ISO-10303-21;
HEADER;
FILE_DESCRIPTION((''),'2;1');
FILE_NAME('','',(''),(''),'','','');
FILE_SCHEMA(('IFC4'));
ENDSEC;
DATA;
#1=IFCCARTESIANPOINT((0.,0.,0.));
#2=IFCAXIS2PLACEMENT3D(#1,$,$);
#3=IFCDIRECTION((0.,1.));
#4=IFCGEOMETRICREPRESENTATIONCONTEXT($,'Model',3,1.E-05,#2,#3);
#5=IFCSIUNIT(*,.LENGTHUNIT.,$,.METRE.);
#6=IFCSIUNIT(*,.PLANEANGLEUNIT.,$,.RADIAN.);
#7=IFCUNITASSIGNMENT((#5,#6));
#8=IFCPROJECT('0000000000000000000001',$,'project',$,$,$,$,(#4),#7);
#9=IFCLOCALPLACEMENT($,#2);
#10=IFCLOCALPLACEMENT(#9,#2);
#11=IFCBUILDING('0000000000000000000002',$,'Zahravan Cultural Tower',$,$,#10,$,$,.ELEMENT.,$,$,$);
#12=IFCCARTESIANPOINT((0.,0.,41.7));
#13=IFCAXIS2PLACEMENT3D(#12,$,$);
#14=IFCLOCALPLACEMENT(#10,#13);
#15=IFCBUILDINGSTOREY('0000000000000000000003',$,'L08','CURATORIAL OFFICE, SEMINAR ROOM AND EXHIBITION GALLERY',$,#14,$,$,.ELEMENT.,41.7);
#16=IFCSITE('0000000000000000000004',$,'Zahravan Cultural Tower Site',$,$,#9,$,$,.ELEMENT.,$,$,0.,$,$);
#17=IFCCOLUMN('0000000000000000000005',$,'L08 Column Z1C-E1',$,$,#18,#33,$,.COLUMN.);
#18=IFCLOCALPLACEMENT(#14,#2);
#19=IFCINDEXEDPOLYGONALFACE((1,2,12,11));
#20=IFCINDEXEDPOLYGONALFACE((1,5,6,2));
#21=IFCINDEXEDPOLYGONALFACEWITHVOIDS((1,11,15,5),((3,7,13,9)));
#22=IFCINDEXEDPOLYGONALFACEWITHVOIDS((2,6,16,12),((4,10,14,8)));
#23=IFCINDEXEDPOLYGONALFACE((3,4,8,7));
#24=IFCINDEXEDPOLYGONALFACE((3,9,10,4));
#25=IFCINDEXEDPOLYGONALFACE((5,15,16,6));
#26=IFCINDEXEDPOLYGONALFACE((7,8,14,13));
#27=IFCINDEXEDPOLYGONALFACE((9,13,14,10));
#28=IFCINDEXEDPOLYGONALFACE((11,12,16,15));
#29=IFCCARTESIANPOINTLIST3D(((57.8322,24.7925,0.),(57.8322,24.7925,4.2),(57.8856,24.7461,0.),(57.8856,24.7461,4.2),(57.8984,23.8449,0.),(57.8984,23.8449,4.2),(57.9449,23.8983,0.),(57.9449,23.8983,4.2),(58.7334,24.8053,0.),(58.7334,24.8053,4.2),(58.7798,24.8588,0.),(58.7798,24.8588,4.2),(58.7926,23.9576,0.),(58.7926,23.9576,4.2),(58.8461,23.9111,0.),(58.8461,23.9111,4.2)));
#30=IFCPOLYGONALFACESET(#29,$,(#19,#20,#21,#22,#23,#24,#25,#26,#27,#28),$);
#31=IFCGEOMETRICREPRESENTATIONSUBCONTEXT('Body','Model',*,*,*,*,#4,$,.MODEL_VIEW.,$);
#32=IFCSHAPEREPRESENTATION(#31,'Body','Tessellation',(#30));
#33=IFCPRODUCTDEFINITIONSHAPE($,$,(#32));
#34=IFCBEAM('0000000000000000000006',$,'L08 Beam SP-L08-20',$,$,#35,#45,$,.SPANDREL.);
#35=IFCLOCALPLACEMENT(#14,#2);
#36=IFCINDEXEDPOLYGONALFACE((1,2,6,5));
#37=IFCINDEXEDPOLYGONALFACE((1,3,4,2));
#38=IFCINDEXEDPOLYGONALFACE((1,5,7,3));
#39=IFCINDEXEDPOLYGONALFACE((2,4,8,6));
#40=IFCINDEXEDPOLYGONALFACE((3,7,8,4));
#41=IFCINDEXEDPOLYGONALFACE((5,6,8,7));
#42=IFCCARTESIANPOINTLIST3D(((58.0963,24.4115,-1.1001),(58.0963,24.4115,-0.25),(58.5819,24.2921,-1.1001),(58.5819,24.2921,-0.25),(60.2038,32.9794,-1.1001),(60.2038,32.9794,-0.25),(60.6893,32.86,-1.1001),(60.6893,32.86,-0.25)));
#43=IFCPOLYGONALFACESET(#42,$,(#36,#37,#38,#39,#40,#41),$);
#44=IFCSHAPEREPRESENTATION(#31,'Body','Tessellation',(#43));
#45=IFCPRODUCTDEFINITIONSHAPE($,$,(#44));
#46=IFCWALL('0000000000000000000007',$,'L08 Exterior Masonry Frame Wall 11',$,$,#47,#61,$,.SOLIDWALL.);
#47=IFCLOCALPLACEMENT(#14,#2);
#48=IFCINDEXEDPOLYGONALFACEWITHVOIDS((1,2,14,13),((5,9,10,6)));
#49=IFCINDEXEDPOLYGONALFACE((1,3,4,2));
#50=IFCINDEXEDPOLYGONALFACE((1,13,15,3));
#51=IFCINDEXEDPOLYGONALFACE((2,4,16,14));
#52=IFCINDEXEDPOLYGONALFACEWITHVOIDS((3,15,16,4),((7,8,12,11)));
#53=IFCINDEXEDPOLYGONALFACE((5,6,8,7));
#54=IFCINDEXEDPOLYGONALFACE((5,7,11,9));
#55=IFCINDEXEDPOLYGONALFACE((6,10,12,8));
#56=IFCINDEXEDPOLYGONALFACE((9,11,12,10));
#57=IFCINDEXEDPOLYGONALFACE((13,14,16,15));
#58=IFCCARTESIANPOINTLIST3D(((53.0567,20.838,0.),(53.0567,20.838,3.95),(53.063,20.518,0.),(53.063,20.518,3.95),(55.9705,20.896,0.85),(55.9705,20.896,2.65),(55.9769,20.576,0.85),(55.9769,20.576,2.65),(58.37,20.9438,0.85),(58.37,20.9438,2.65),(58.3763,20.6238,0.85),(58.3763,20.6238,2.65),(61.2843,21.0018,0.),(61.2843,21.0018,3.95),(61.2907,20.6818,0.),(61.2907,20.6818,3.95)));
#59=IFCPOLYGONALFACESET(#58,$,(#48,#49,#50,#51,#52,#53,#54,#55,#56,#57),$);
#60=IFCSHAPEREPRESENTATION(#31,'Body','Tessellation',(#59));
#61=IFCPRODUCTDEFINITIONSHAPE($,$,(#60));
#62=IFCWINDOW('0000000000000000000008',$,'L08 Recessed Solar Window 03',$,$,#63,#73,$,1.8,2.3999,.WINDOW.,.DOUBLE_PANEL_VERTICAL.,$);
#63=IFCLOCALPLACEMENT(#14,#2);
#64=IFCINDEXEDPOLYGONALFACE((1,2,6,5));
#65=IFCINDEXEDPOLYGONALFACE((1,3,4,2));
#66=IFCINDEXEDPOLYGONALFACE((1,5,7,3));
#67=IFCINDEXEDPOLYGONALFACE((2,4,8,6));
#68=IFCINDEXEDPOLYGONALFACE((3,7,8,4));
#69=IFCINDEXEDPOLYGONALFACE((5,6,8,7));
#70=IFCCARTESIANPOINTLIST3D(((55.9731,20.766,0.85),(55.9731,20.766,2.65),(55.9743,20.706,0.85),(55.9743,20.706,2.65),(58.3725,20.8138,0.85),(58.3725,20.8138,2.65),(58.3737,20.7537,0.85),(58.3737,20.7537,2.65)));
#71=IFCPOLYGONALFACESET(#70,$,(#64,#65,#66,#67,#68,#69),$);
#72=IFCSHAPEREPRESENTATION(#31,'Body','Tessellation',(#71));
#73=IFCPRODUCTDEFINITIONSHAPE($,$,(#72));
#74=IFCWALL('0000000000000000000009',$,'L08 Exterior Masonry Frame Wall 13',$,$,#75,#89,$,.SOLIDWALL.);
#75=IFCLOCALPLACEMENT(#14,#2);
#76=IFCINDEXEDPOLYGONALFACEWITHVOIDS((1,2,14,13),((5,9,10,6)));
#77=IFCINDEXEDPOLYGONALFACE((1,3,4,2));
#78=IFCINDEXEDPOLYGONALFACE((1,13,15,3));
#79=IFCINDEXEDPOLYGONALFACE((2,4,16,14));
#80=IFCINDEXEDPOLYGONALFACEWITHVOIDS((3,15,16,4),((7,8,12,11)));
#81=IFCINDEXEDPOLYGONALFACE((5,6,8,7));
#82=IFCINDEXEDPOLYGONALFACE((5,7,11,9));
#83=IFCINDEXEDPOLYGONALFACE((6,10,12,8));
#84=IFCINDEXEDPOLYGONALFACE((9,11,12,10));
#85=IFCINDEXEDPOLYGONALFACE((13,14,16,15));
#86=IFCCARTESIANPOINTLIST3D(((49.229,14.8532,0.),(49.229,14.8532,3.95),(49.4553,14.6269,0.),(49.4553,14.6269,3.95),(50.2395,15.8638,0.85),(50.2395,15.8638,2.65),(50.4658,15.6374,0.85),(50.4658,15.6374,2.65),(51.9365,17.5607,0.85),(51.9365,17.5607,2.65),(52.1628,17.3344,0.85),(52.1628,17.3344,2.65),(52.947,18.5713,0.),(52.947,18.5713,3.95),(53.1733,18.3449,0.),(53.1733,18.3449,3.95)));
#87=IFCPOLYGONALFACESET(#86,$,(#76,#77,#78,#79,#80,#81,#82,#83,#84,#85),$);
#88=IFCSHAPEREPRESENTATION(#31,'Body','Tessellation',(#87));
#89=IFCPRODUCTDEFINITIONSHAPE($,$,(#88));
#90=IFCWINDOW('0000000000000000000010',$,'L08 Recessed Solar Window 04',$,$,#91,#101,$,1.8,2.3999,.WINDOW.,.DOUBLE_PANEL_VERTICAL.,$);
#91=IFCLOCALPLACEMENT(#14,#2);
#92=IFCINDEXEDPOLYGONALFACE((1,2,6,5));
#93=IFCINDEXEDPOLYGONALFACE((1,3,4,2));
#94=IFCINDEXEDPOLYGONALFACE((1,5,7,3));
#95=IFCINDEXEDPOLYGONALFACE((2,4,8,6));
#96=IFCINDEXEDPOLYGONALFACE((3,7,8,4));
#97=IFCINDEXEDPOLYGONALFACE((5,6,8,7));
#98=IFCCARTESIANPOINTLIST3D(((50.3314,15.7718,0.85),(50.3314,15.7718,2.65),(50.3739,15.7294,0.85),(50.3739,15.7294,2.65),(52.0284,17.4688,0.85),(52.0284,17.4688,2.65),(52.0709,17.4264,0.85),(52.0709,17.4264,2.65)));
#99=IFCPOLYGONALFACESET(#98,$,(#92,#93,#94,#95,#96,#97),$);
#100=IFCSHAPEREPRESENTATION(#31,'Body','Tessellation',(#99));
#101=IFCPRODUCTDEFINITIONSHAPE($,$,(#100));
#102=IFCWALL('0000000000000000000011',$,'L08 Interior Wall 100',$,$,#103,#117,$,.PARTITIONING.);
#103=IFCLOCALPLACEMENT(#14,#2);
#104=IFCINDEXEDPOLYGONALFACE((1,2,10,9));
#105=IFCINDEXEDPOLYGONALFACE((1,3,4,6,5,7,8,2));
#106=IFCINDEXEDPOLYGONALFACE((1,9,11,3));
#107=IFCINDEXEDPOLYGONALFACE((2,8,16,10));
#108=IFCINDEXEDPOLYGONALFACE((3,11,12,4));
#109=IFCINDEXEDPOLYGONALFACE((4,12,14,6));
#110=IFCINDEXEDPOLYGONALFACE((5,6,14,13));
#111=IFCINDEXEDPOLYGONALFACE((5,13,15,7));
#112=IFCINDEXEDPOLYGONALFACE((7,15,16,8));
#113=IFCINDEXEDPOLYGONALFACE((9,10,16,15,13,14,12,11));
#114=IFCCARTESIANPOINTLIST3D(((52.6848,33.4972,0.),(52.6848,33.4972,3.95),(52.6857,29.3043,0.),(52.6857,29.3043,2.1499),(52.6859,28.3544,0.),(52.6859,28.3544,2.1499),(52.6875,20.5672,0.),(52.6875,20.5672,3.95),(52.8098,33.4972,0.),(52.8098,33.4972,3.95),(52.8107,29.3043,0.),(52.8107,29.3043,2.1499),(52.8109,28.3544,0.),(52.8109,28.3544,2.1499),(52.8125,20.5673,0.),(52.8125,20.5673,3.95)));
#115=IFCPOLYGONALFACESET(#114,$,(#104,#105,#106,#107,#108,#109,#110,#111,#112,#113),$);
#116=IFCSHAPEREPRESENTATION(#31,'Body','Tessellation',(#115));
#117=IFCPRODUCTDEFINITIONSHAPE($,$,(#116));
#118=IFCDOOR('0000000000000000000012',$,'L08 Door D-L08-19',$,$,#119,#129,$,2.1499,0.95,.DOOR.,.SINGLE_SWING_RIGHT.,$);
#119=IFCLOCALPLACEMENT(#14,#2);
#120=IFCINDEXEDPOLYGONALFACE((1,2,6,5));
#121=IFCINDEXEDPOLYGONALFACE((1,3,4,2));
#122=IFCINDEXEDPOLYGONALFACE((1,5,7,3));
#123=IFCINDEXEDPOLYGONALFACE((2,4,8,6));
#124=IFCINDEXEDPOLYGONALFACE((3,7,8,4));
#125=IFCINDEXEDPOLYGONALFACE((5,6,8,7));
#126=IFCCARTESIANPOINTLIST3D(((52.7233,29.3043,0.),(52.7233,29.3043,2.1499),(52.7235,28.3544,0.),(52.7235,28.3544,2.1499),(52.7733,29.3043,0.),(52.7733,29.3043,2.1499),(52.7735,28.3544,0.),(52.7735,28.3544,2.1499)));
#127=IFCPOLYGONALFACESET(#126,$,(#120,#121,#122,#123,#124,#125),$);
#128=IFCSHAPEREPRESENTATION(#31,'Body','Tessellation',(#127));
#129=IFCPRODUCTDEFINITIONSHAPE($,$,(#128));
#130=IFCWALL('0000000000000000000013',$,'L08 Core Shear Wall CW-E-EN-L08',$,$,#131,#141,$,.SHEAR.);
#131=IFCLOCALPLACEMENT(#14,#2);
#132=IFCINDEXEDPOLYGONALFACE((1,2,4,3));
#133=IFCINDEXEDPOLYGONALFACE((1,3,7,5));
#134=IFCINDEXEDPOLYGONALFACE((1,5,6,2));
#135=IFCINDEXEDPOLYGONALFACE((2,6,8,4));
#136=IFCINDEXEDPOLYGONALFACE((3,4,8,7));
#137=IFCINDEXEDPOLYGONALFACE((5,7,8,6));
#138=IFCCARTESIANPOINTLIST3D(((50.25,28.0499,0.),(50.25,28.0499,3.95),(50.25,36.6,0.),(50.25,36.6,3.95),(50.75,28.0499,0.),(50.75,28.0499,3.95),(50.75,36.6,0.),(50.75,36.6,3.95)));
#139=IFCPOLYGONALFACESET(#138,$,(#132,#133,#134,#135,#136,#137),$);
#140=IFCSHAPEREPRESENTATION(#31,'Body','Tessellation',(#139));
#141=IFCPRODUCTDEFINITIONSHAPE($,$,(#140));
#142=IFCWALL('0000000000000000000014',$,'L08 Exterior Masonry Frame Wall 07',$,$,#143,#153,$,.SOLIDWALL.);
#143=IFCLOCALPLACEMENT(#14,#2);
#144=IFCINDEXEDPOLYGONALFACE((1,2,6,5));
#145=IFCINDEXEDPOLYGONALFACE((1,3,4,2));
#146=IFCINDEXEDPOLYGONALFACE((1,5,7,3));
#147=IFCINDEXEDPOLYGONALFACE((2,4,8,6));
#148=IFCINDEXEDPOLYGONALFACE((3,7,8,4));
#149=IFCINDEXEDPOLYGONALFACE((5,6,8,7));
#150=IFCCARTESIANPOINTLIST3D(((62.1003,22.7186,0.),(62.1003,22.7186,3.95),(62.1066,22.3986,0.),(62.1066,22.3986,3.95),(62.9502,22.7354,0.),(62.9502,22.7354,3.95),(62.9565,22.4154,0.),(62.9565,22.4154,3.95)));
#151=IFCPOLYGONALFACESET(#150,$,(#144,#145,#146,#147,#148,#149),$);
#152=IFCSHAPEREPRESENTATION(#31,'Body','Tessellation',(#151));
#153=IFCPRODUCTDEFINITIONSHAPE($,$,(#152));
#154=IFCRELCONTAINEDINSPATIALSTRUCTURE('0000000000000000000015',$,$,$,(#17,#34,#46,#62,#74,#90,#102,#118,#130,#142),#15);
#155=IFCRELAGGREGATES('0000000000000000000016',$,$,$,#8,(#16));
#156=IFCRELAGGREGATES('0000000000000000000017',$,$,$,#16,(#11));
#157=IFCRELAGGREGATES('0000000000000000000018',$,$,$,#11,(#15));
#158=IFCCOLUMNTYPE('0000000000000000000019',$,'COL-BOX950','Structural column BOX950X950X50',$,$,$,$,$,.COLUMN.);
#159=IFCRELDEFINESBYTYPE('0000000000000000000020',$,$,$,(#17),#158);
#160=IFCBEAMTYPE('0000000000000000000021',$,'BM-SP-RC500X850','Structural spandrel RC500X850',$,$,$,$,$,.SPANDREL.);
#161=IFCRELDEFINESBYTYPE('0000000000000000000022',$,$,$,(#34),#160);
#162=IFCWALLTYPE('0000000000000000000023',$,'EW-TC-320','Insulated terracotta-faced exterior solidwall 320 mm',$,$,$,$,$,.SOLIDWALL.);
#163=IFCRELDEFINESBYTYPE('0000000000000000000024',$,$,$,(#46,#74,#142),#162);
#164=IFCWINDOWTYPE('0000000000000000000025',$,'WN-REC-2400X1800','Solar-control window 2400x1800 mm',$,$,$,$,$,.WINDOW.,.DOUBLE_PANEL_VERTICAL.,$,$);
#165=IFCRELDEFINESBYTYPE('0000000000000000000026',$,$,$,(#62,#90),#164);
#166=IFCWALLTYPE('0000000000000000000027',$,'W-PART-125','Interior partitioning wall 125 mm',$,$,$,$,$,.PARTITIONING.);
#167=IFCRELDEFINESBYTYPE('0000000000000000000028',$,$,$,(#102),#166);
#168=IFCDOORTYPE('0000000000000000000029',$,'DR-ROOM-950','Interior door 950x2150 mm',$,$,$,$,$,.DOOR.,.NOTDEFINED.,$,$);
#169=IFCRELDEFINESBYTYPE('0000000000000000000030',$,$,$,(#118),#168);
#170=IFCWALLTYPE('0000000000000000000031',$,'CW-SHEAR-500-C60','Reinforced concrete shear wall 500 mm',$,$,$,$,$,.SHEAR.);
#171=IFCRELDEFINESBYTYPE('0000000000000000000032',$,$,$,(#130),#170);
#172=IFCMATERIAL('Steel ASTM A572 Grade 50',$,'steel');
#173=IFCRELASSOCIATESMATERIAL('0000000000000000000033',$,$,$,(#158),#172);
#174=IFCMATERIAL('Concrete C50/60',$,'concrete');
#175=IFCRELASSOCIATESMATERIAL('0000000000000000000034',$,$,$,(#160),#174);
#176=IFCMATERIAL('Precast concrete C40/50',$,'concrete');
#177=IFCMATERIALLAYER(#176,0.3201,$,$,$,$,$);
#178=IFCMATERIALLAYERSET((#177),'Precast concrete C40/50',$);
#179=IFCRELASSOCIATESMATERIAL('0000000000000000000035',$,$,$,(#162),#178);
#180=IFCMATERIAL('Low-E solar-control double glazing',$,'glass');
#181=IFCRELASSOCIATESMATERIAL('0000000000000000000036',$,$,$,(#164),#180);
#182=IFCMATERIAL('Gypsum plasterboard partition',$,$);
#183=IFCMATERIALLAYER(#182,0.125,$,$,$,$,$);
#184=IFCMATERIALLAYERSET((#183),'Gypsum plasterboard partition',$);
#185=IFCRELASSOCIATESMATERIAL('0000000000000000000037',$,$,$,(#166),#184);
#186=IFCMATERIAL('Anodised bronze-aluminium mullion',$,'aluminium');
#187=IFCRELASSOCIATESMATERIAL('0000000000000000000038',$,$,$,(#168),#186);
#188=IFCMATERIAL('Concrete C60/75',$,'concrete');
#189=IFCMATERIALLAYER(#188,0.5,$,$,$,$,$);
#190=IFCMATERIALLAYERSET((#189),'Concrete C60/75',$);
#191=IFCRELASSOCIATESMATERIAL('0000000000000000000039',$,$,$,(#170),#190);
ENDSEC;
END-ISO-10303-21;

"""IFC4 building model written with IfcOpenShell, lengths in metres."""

from ifc_helpers import new_model, si_unit, direction, frame, frame_2d, origin, origin_2d, place, context, subcontext, project, spatial, rectangle, hollow_rectangle, extrude, source, transform, mapped, material, layer, layer_set, material_profile, profile_set, type_object, element, fill, save


model = new_model("IFC4")

# Units and contexts
model_context = context("Model", 3, precision=1e-05, world=origin(), true_north=direction((0.0, 1.0)))
body_context = subcontext(model_context, "Body", "Model", "MODEL_VIEW")
ifc_project = project(units=[si_unit("LENGTHUNIT", "METRE"), si_unit("PLANEANGLEUNIT", "RADIAN")], contexts=[model_context])

# Site, building, storey
site_placement = place(None, origin())
site = spatial("IfcSite", under=ifc_project, at=site_placement, Name="Zahravan Cultural Tower Site", CompositionType="ELEMENT", RefElevation=0.0)
building_placement = place(site_placement, origin())
building = spatial("IfcBuilding", under=site, at=building_placement, Name="Zahravan Cultural Tower", CompositionType="ELEMENT")
storey_placement = place(building_placement, frame((0.0, 0.0, 41.7)))
storey = spatial("IfcBuildingStorey", under=building, at=storey_placement, Name="L08", Description="CURATORIAL OFFICE, SEMINAR ROOM AND EXHIBITION GALLERY", CompositionType="ELEMENT", Elevation=41.7)

# Column
ifc_material_1 = material(Name="Steel ASTM A572 Grade 50", Category="steel")
ifc_material_profile_1 = material_profile(ifc_material_1, hollow_rectangle(XDim=0.95, YDim=0.95, WallThickness=0.05, at=origin_2d()), Name="BOX950X950X50")
ifc_profile_set_1 = profile_set([ifc_material_profile_1], Name="Steel ASTM A572 Grade 50")
column_type = type_object("IfcColumnType", Name="COL-BOX950", Description="Structural column BOX950X950X50", PredefinedType="COLUMN", material=ifc_profile_set_1)
shared_shape_1 = source(origin(), body_context, "Body", "SweptSolid", [
    extrude(hollow_rectangle(XDim=0.95, YDim=0.95, WallThickness=0.05, at=origin_2d()), origin(), (0.0, 0.0, 1.0), 4.2),
])
column_placement = place(storey_placement, frame((58.3391, 24.3518, 0.0), z_axis=(0.0, 0.0, 1.0), x_axis=(0.997564, 0.069756, 0.0)))
element("IfcColumn", 1, at=column_placement, inside=storey, type_object=column_type, Name="L08 Column Z1C-E1", PredefinedType="COLUMN", context=body_context, shape_type="MappedRepresentation", body=[
    mapped(shared_shape_1, transform((0.0, 0.0, 0.0), x_axis=(1.0, 0.0, 0.0), y_axis=(0.0, 1.0, 0.0), z_axis=(0.0, 0.0, 1.0), scale=1.0)),
])

# Beam
ifc_material_2 = material(Name="Concrete C50/60", Category="concrete")
ifc_material_profile_2 = material_profile(ifc_material_2, rectangle(XDim=0.5, YDim=0.8501, at=origin_2d()), Name="RC500X850")
ifc_profile_set_2 = profile_set([ifc_material_profile_2], Name="Concrete C50/60")
beam_type = type_object("IfcBeamType", Name="BM-SP-RC500X850", Description="Structural spandrel RC500X850", PredefinedType="SPANDREL", material=ifc_profile_set_2)
shared_shape_2 = source(origin(), body_context, "Body", "SweptSolid", [
    extrude(rectangle(XDim=0.5, YDim=0.8501, at=origin_2d()), origin(), (0.0, 0.0, 1.0), 8.8232),
])
beam_placement = place(storey_placement, frame((58.3391, 24.3518, -0.675), z_axis=(0.238849, 0.971057, 0.0), x_axis=(-0.971057, 0.238849, 0.0)))
element("IfcBeam", 2, at=beam_placement, inside=storey, type_object=beam_type, Name="L08 Beam SP-L08-20", PredefinedType="SPANDREL", context=body_context, shape_type="MappedRepresentation", body=[
    mapped(shared_shape_2, transform((0.0, 0.0, 0.0), x_axis=(1.0, 0.0, 0.0), y_axis=(0.0, 1.0, 0.0), z_axis=(0.0, 0.0, 1.0), scale=1.0)),
])

# Walls, openings, windows
ifc_material_3 = material(Name="Precast concrete C40/50", Category="concrete")
ifc_layer_1 = layer(ifc_material_3, 0.3201)
ifc_layer_set_1 = layer_set([ifc_layer_1], Name="Precast concrete C40/50")
wall_type_1 = type_object("IfcWallType", Name="EW-TC-320", Description="Insulated terracotta-faced exterior solidwall 320 mm", PredefinedType="SOLIDWALL", material=ifc_layer_set_1)
wall_1_placement = place(storey_placement, frame((61.2876, 20.8418, 0.0), z_axis=(0.0, 0.0, 1.0), x_axis=(-0.999802, -0.019907, 0.0)))
wall_1 = element("IfcWall", 3, at=wall_1_placement, inside=storey, type_object=wall_type_1, Name="L08 Exterior Masonry Frame Wall 11", PredefinedType="SOLIDWALL", context=body_context, shape_type="SweptSolid", body=[
    extrude(rectangle(XDim=8.2292, YDim=0.3201, at=frame_2d((4.1147, 0.0))), origin(), (0.0, 0.0, 1.0), 3.95),
])
opening_1_placement = place(wall_1_placement, frame((2.915, 0.0, 0.8501)))
opening_1 = element("IfcOpeningElement", 4, at=opening_1_placement, cuts=wall_1, PredefinedType="OPENING", context=body_context, shape_type="SweptSolid", body=[
    extrude(rectangle(XDim=2.3999, YDim=1.8, at=frame_2d((1.2, 0.8999))), frame((0.0, 0.1699, 0.0), z_axis=(0.0, -1.0, 0.0), x_axis=(1.0, 0.0, 0.0)), (0.0, 0.0, 1.0), 0.3401),
])
ifc_material_4 = material(Name="Low-E solar-control double glazing", Category="glass")
window_type = type_object("IfcWindowType", Name="WN-REC-2400X1800", Description="Solar-control window 2400x1800 mm", PartitioningType="DOUBLE_PANEL_VERTICAL", PredefinedType="WINDOW", material=ifc_material_4)
shared_shape_3 = source(origin(), body_context, "Body", "SweptSolid", [
    extrude(rectangle(XDim=2.3999, YDim=1.8, at=frame_2d((1.2, 0.8999))), frame((0.0, 0.03, 0.0), z_axis=(0.0, -1.0, 0.0), x_axis=(1.0, 0.0, 0.0)), (0.0, 0.0, 1.0), 0.0601),
])
window_1_placement = place(opening_1_placement, origin())
window_1 = element("IfcWindow", 5, at=window_1_placement, inside=storey, type_object=window_type, Name="L08 Recessed Solar Window 03", OverallHeight=1.8, OverallWidth=2.3999, PartitioningType="DOUBLE_PANEL_VERTICAL", PredefinedType="WINDOW", context=body_context, shape_type="MappedRepresentation", body=[
    mapped(shared_shape_3, transform((0.0, 0.0, 0.0), x_axis=(1.0, 0.0, 0.0), y_axis=(0.0, 1.0, 0.0), z_axis=(0.0, 0.0, 1.0), scale=1.0)),
])
fill(opening_1, window_1)
wall_2_placement = place(storey_placement, frame((53.0601, 18.458, 0.0), z_axis=(0.0, 0.0, 1.0), x_axis=(-0.707107, -0.707107, 0.0)))
wall_2 = element("IfcWall", 6, at=wall_2_placement, inside=storey, type_object=wall_type_1, Name="L08 Exterior Masonry Frame Wall 13", PredefinedType="SOLIDWALL", context=body_context, shape_type="SweptSolid", body=[
    extrude(rectangle(XDim=5.2581, YDim=0.3201, at=frame_2d((2.6289, 0.0))), origin(), (0.0, 0.0, 1.0), 3.95),
])
opening_2_placement = place(wall_2_placement, frame((1.429, 0.0, 0.8501)))
opening_2 = element("IfcOpeningElement", 7, at=opening_2_placement, cuts=wall_2, PredefinedType="OPENING", context=body_context, shape_type="SweptSolid", body=[
    extrude(rectangle(XDim=2.3999, YDim=1.8, at=frame_2d((1.2, 0.8999))), frame((0.0, 0.1699, 0.0), z_axis=(0.0, -1.0, 0.0), x_axis=(1.0, 0.0, 0.0)), (0.0, 0.0, 1.0), 0.3401),
])
window_2_placement = place(opening_2_placement, origin())
window_2 = element("IfcWindow", 8, at=window_2_placement, inside=storey, type_object=window_type, Name="L08 Recessed Solar Window 04", OverallHeight=1.8, OverallWidth=2.3999, PartitioningType="DOUBLE_PANEL_VERTICAL", PredefinedType="WINDOW", context=body_context, shape_type="MappedRepresentation", body=[
    mapped(shared_shape_3, transform((0.0, 0.0, 0.0), x_axis=(1.0, 0.0, 0.0), y_axis=(0.0, 1.0, 0.0), z_axis=(0.0, 0.0, 1.0), scale=1.0)),
])
fill(opening_2, window_2)

# Wall, opening, door
ifc_material_5 = material(Name="Gypsum plasterboard partition")
ifc_layer_2 = layer(ifc_material_5, 0.125)
ifc_layer_set_2 = layer_set([ifc_layer_2], Name="Gypsum plasterboard partition")
wall_type_2 = type_object("IfcWallType", Name="W-PART-125", Description="Interior partitioning wall 125 mm", PredefinedType="PARTITIONING", material=ifc_layer_set_2)
wall_3_placement = place(storey_placement, frame((52.75, 20.5674, 0.0), z_axis=(0.0, 0.0, 1.0), x_axis=(-0.000208, 1.0, 0.0)))
wall_3 = element("IfcWall", 9, at=wall_3_placement, inside=storey, type_object=wall_type_2, Name="L08 Interior Wall 100", PredefinedType="PARTITIONING", context=body_context, shape_type="SweptSolid", body=[
    extrude(rectangle(XDim=12.9299, YDim=0.125, at=frame_2d((6.4648, 0.0))), origin(), (0.0, 0.0, 1.0), 3.95),
])
opening_3_placement = place(wall_3_placement, frame((7.7869, 0.0, 0.0)))
opening_3 = element("IfcOpeningElement", 10, at=opening_3_placement, cuts=wall_3, PredefinedType="OPENING", context=body_context, shape_type="SweptSolid", body=[
    extrude(rectangle(XDim=0.95, YDim=2.1499, at=frame_2d((0.4751, 1.075))), frame((0.0, 0.0725, 0.0), z_axis=(0.0, -1.0, 0.0), x_axis=(1.0, 0.0, 0.0)), (0.0, 0.0, 1.0), 0.145),
])
ifc_material_6 = material(Name="Anodised bronze-aluminium mullion", Category="aluminium")
door_type = type_object("IfcDoorType", Name="DR-ROOM-950", Description="Interior door 950x2150 mm", OperationType="NOTDEFINED", PredefinedType="DOOR", material=ifc_material_6)
shared_shape_4 = source(origin(), body_context, "Body", "SweptSolid", [
    extrude(rectangle(XDim=0.95, YDim=2.1499, at=frame_2d((0.4751, 1.075))), frame((0.0, 0.0249, 0.0), z_axis=(0.0, -1.0, 0.0), x_axis=(1.0, 0.0, 0.0)), (0.0, 0.0, 1.0), 0.05),
])
door_placement = place(opening_3_placement, origin())
door = element("IfcDoor", 11, at=door_placement, inside=storey, type_object=door_type, Name="L08 Door D-L08-19", OperationType="SINGLE_SWING_RIGHT", OverallHeight=2.1499, OverallWidth=0.95, PredefinedType="DOOR", context=body_context, shape_type="MappedRepresentation", body=[
    mapped(shared_shape_4, transform((0.0, 0.0, 0.0), x_axis=(1.0, 0.0, 0.0), y_axis=(0.0, 1.0, 0.0), z_axis=(0.0, 0.0, 1.0), scale=1.0)),
])
fill(opening_3, door)

# Walls
ifc_material_7 = material(Name="Concrete C60/75", Category="concrete")
ifc_layer_3 = layer(ifc_material_7, 0.5)
ifc_layer_set_3 = layer_set([ifc_layer_3], Name="Concrete C60/75")
wall_type_3 = type_object("IfcWallType", Name="CW-SHEAR-500-C60", Description="Reinforced concrete shear wall 500 mm", PredefinedType="SHEAR", material=ifc_layer_set_3)
shared_shape_5 = source(origin(), body_context, "Body", "SweptSolid", [
    extrude(rectangle(XDim=8.55, YDim=0.5, at=frame_2d((4.2749, 0.0))), origin(), (0.0, 0.0, 1.0), 3.95),
])
wall_4_placement = place(storey_placement, frame((50.5, 28.05, 0.0), z_axis=(0.0, 0.0, 1.0), x_axis=(0.0, 1.0, 0.0)))
element("IfcWall", 12, at=wall_4_placement, inside=storey, type_object=wall_type_3, Name="L08 Core Shear Wall CW-E-EN-L08", PredefinedType="SHEAR", context=body_context, shape_type="MappedRepresentation", body=[
    mapped(shared_shape_5, transform((0.0, 0.0, 0.0), x_axis=(1.0, 0.0, 0.0), y_axis=(0.0, 1.0, 0.0), z_axis=(0.0, 0.0, 1.0), scale=1.0)),
])
shared_shape_6 = source(origin(), body_context, "Body", "SweptSolid", [
    extrude(rectangle(XDim=0.8501, YDim=0.3201, at=frame_2d((0.425, 0.0))), origin(), (0.0, 0.0, 1.0), 3.95),
])
for number, where, z_axis, x_axis, name in (
    (13, (62.9534, 22.5754, 0.0), (0.0, 0.0, 1.0), (-0.999804, -0.019818, 0.0), "L08 Exterior Masonry Frame Wall 07"),
):
    element("IfcWall", number, at=place(storey_placement, frame(where, z_axis=z_axis, x_axis=x_axis)), inside=storey, type_object=wall_type_1, Name=name, PredefinedType="SOLIDWALL", context=body_context, shape_type="MappedRepresentation", body=[
        mapped(shared_shape_6, transform((0.0, 0.0, 0.0), x_axis=(1.0, 0.0, 0.0), y_axis=(0.0, 1.0, 0.0), z_axis=(0.0, 0.0, 1.0), scale=1.0)),
    ])

save(model, "model.ifc")
